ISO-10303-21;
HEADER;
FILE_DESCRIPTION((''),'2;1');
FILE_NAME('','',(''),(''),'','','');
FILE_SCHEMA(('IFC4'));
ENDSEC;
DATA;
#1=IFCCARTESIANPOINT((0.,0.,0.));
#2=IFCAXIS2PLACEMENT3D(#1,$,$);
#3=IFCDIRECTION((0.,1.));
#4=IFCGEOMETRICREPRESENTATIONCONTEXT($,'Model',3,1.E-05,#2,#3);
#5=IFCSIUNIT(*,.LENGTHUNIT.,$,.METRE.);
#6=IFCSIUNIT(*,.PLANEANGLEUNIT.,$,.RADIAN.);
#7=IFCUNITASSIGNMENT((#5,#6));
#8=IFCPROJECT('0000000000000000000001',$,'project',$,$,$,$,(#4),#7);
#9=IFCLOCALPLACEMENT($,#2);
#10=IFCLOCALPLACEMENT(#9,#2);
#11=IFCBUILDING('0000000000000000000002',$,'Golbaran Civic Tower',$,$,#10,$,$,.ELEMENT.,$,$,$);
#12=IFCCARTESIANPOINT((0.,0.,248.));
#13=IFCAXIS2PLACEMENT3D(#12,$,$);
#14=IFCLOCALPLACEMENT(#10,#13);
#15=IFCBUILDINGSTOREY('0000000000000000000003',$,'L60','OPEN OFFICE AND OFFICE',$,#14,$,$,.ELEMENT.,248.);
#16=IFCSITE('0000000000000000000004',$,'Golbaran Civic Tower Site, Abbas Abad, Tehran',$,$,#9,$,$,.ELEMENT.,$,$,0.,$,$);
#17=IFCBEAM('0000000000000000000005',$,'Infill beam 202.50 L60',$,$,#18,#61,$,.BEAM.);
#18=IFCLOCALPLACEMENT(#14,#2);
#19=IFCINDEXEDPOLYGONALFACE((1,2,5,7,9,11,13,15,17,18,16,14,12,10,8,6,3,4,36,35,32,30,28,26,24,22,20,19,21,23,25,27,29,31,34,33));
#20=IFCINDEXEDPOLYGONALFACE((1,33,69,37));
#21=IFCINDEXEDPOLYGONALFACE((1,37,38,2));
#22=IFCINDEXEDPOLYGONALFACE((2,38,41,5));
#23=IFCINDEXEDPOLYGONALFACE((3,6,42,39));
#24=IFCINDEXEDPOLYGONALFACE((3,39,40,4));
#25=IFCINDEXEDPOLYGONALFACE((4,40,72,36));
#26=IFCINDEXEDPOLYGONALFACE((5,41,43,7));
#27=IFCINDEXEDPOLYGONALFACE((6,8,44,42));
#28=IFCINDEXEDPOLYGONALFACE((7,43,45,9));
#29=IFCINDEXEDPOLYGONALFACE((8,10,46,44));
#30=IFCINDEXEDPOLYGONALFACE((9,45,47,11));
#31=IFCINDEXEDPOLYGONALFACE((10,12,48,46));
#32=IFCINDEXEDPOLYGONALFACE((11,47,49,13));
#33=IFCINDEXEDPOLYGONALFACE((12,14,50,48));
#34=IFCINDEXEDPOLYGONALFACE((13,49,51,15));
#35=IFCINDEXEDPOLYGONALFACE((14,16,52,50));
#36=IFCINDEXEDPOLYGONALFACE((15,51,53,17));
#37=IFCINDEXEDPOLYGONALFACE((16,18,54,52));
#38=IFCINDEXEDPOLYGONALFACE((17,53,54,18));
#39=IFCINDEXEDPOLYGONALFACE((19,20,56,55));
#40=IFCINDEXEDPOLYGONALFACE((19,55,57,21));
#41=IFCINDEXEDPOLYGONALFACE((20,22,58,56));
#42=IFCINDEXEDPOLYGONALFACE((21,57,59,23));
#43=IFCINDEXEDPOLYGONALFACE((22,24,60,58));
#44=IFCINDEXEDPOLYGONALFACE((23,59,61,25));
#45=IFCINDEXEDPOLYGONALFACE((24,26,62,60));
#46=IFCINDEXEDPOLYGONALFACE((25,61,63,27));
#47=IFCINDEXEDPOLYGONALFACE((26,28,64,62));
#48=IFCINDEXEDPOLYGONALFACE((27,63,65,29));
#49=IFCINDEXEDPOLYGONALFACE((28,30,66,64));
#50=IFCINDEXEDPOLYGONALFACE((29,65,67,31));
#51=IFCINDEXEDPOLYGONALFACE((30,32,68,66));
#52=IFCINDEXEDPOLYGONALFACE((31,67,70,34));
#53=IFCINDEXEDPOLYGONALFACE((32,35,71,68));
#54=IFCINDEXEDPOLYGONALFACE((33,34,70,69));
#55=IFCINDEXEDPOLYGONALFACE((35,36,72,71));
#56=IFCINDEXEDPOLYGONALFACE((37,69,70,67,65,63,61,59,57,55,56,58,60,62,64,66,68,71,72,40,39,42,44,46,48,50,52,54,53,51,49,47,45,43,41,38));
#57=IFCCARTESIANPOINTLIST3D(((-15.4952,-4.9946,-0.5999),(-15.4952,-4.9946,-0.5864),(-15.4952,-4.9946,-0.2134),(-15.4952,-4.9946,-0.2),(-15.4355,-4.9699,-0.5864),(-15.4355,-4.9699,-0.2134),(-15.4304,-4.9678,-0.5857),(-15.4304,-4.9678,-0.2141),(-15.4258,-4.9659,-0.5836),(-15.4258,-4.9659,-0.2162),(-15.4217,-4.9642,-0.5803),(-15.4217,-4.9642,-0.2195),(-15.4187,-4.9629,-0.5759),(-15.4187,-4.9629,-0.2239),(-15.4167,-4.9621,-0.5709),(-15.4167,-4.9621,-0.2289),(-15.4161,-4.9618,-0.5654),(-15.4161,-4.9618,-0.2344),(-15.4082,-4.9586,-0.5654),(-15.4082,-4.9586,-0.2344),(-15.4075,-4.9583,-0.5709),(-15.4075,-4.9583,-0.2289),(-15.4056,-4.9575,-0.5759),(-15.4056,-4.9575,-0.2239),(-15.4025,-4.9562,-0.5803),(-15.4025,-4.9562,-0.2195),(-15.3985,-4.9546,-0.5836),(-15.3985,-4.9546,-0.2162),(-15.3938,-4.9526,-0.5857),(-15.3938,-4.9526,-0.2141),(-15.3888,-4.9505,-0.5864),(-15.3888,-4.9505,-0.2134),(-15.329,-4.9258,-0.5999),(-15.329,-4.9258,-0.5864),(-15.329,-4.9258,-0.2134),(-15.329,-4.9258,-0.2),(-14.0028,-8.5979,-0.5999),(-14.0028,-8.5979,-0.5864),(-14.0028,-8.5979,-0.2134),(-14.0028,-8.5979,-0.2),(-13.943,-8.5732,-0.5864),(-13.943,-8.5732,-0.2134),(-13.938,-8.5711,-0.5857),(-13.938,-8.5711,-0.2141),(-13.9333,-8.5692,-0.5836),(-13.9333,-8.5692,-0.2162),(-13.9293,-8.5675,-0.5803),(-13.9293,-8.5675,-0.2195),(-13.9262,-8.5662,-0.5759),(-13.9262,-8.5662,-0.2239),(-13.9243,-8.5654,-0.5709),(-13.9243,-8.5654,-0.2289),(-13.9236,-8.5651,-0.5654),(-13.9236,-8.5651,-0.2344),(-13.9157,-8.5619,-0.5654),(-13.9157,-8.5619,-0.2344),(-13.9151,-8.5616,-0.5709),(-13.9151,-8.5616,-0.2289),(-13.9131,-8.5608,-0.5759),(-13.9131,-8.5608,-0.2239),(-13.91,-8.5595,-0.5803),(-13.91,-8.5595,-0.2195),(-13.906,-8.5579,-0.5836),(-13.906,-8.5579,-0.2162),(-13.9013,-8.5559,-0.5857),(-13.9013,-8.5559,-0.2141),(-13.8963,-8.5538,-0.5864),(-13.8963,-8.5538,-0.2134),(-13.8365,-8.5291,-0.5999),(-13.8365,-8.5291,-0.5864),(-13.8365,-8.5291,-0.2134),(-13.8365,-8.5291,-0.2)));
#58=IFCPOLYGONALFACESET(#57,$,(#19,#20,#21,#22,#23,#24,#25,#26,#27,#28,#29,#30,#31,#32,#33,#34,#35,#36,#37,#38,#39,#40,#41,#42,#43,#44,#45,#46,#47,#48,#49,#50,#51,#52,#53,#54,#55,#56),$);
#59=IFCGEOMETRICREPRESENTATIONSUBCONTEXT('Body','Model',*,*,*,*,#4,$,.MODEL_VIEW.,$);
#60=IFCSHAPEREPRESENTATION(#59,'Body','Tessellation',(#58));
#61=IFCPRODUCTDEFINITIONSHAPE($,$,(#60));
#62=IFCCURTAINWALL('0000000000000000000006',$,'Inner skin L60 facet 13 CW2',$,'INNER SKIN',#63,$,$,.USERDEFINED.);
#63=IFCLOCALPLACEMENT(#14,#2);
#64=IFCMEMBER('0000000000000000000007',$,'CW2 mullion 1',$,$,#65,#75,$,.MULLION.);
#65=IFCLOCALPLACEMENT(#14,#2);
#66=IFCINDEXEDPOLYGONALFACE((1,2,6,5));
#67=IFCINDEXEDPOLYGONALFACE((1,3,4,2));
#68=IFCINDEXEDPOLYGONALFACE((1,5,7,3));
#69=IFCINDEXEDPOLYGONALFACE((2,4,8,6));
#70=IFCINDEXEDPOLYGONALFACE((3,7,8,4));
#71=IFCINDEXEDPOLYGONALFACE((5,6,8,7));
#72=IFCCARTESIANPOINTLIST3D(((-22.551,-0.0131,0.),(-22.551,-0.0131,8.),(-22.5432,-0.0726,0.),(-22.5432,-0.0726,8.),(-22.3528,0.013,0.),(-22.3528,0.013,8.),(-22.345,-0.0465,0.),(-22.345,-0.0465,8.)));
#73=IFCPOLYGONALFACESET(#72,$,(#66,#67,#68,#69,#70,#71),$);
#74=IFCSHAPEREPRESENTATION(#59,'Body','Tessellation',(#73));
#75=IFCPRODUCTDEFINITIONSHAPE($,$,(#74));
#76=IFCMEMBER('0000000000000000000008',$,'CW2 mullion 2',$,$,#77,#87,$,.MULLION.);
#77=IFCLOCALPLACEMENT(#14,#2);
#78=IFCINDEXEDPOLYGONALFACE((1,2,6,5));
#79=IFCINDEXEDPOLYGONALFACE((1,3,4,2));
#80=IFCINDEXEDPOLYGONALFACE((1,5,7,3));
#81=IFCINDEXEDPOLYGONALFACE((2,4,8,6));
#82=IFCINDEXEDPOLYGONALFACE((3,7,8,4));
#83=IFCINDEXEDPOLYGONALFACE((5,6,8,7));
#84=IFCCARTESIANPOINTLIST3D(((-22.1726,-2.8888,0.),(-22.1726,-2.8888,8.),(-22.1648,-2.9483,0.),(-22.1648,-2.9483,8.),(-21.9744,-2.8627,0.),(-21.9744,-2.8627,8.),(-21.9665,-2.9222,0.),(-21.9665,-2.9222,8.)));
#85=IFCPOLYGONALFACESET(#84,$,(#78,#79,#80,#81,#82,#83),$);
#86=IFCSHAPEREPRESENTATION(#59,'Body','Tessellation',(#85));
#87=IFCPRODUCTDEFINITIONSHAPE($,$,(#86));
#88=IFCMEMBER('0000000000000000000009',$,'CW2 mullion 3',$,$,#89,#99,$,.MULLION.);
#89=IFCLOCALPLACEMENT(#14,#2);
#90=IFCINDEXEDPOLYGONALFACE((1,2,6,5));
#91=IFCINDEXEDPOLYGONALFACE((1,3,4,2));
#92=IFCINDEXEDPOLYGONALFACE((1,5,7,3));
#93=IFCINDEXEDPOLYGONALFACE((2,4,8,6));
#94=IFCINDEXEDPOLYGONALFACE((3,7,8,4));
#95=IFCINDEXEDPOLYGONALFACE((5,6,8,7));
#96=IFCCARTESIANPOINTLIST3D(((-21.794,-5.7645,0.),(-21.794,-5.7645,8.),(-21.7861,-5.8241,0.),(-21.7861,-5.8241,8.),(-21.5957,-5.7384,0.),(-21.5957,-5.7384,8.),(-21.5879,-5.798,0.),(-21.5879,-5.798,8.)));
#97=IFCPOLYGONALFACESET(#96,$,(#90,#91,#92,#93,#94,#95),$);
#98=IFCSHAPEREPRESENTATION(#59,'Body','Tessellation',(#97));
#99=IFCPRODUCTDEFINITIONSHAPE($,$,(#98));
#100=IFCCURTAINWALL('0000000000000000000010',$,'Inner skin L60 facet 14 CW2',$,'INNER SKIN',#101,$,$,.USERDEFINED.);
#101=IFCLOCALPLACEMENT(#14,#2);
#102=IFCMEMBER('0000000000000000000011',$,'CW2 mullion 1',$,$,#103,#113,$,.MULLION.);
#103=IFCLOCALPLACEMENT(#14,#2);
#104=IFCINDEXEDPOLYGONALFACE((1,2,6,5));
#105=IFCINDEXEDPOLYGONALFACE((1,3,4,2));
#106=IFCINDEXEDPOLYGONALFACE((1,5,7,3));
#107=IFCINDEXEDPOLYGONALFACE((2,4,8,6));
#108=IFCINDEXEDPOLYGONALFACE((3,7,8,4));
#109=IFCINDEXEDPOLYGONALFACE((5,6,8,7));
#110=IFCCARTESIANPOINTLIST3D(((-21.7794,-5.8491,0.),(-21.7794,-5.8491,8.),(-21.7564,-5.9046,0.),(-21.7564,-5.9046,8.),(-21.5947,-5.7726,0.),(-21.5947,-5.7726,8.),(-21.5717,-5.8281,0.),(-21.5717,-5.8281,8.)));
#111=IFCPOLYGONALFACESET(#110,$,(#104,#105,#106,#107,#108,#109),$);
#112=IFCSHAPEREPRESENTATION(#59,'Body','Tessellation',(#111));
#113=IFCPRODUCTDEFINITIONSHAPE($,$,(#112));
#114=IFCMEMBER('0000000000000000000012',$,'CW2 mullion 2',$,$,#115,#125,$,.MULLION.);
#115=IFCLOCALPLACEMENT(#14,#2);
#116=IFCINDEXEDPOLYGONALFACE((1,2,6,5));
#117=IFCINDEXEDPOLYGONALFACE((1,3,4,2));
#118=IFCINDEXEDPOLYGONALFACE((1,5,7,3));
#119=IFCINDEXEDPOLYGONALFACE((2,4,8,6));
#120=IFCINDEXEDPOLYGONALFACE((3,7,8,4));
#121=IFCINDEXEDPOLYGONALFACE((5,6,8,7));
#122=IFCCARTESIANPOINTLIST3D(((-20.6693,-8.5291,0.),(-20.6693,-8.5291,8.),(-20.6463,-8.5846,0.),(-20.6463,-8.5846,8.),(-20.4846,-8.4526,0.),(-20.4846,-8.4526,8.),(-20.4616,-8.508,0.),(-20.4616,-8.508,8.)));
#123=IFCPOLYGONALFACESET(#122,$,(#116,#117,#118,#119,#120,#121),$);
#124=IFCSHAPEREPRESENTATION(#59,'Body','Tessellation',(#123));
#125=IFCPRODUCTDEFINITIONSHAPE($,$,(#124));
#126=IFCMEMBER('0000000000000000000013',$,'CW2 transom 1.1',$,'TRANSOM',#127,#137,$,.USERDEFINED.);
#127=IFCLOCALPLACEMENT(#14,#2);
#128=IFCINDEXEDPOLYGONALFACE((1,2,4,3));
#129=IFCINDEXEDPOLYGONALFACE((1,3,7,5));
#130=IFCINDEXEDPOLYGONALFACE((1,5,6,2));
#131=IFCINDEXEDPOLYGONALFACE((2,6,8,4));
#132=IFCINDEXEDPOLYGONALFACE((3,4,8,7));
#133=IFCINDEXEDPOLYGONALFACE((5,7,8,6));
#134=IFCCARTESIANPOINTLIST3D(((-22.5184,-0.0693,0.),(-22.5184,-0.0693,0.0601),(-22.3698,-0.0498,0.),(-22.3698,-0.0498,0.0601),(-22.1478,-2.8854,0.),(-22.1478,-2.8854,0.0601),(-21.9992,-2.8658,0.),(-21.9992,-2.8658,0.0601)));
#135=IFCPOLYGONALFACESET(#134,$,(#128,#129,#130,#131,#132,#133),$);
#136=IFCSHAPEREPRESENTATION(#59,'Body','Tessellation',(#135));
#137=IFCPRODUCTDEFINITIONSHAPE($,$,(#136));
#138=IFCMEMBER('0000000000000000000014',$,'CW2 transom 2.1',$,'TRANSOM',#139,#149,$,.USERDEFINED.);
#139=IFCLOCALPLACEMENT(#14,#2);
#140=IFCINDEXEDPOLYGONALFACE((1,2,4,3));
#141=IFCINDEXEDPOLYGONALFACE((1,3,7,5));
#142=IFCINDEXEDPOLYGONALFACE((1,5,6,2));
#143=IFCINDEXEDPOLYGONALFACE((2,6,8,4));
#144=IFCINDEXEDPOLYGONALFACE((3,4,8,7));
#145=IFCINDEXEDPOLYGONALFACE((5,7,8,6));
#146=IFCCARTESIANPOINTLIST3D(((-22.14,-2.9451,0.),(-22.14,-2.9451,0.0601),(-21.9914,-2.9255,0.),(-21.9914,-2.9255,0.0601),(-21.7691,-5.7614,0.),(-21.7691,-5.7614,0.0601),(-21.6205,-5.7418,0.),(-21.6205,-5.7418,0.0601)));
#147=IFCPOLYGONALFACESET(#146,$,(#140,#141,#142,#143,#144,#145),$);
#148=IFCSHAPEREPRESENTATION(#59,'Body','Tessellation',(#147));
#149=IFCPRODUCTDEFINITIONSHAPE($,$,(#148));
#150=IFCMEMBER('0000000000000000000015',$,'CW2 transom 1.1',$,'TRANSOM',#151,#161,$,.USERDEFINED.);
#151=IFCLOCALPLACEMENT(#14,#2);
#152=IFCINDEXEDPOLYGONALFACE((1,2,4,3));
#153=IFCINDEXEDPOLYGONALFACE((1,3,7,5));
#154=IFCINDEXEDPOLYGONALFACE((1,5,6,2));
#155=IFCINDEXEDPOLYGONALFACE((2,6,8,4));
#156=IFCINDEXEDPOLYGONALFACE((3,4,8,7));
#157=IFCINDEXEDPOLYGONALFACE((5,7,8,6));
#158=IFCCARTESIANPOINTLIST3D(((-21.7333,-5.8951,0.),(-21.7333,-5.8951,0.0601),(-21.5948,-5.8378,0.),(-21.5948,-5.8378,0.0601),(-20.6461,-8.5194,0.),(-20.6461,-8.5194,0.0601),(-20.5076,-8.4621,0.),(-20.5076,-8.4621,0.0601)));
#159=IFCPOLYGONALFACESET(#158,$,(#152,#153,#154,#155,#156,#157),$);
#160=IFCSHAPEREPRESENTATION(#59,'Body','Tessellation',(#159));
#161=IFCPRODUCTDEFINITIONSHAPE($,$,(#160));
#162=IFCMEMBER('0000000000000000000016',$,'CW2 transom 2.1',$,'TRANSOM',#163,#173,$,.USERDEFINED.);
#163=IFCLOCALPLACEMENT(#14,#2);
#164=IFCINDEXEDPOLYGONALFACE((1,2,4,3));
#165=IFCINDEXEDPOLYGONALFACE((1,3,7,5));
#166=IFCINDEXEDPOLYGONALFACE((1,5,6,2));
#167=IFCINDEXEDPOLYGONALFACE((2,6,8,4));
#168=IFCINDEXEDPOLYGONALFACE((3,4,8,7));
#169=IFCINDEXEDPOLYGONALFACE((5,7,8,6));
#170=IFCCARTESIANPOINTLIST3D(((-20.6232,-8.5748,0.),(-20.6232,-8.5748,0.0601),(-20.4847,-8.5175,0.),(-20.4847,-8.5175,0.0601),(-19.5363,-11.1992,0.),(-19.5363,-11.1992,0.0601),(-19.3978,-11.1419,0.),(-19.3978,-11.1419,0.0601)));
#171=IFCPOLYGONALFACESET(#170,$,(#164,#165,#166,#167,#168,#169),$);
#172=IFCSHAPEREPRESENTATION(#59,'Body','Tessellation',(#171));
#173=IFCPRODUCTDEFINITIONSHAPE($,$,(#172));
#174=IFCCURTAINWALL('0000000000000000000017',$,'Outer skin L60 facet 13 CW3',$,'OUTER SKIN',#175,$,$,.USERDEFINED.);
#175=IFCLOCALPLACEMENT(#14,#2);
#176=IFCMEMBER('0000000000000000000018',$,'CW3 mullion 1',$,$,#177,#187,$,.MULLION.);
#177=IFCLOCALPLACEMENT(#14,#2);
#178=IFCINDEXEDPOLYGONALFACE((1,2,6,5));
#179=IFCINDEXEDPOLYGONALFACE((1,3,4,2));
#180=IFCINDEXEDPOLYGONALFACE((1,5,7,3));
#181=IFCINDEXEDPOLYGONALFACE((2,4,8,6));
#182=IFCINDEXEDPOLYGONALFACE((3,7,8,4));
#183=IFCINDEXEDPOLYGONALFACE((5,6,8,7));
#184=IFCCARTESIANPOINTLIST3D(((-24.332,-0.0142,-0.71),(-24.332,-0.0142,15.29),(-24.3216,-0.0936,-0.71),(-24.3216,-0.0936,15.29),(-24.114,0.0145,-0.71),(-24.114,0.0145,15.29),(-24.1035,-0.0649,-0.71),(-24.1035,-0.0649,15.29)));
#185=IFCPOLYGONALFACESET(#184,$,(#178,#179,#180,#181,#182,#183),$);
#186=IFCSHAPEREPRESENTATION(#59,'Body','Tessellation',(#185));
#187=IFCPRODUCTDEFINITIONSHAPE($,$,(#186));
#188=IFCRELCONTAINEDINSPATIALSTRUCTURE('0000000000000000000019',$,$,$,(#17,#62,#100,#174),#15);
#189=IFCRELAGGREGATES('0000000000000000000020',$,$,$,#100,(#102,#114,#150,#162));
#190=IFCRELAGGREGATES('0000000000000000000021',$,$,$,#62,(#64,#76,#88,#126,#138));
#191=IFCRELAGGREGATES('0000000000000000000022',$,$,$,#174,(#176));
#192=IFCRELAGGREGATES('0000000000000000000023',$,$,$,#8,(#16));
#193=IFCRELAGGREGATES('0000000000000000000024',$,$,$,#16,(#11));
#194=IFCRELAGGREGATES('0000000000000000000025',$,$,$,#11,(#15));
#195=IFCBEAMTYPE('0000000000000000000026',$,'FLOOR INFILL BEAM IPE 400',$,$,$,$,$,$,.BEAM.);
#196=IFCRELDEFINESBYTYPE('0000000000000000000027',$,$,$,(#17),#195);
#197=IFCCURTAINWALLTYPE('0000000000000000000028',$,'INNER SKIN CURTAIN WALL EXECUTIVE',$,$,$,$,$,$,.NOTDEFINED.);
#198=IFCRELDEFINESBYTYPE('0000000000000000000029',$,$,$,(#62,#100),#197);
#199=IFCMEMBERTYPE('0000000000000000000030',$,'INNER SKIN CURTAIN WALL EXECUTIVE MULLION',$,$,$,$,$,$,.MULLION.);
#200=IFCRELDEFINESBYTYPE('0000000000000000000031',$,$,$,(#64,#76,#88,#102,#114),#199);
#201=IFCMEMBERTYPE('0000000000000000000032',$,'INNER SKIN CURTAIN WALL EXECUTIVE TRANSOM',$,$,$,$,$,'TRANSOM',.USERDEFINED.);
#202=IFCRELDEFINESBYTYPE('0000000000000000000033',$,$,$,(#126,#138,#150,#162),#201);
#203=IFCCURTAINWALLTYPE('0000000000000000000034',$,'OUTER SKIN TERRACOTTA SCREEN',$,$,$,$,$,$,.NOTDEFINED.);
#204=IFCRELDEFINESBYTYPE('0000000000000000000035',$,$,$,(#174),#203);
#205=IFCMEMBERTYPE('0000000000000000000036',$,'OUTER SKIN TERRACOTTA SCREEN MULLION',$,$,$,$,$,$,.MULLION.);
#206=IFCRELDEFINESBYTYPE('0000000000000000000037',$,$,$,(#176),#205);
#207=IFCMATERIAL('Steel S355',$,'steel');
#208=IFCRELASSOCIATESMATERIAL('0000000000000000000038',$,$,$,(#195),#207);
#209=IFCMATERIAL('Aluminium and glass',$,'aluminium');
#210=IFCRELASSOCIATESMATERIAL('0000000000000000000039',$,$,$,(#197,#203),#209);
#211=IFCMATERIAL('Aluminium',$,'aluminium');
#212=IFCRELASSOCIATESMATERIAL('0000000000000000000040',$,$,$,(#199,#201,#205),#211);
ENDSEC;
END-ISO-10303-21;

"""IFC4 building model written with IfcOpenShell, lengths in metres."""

from ifc_helpers import new_model, si_unit, direction, frame, origin, origin_2d, place, context, subcontext, project, spatial, rectangle, i_section, extrude, material, material_profile, profile_set, type_object, element, aggregate, save


model = new_model("IFC4")

# Units and contexts
model_context = context("Model", 3, precision=1e-05, world=origin(), true_north=direction((0.0, 1.0)))
body_context = subcontext(model_context, "Body", "Model", "MODEL_VIEW")
ifc_project = project(units=[si_unit("LENGTHUNIT", "METRE"), si_unit("PLANEANGLEUNIT", "RADIAN")], contexts=[model_context])

# Site, building, storey
site_placement = place(None, origin())
site = spatial("IfcSite", under=ifc_project, at=site_placement, Name="Golbaran Civic Tower Site, Abbas Abad, Tehran", CompositionType="ELEMENT", RefElevation=0.0)
building_placement = place(site_placement, origin())
building = spatial("IfcBuilding", under=site, at=building_placement, Name="Golbaran Civic Tower", CompositionType="ELEMENT")
storey_placement = place(building_placement, frame((0.0, 0.0, 248.0)))
storey = spatial("IfcBuildingStorey", under=building, at=storey_placement, Name="L60", Description="OPEN OFFICE AND OFFICE", CompositionType="ELEMENT", Elevation=248.0)

# Shared definitions
ifc_material_1 = material(Name="Steel S355", Category="steel")

# Beam
ifc_material_profile_1 = material_profile(ifc_material_1, i_section(OverallWidth=0.1799, OverallDepth=0.3999, WebThickness=0.0085, FlangeThickness=0.0134, FilletRadius=0.021, at=origin_2d()), Name="IPE 400")
ifc_profile_set_1 = profile_set([ifc_material_profile_1], Name="Steel S355")
beam_type_1 = type_object("IfcBeamType", Name="FLOOR INFILL BEAM IPE 400", PredefinedType="BEAM", material=ifc_profile_set_1)
beam_1_placement = place(storey_placement, frame((-15.4121, -4.9602, -0.3999), z_axis=(0.382663, -0.923888, 0.0), x_axis=(0.923888, 0.382663, 0.0)))
element("IfcBeam", 1, at=beam_1_placement, inside=storey, type_object=beam_type_1, Name="Infill beam 202.50 L60", PredefinedType="BEAM", context=body_context, shape_type="SweptSolid", body=[
    extrude(i_section(OverallWidth=0.1799, OverallDepth=0.3999, WebThickness=0.0085, FlangeThickness=0.0134, FilletRadius=0.021, at=origin_2d()), origin(), (0.0, 0.0, 1.0), 3.9001),
])

# Curtain walls, members
ifc_material_2 = material(Name="Aluminium and glass", Category="aluminium")
curtain_wall_type_1 = type_object("IfcCurtainWallType", Name="INNER SKIN CURTAIN WALL EXECUTIVE", PredefinedType="NOTDEFINED", material=ifc_material_2)
curtain_wall_1_placement = place(storey_placement, origin())
curtain_wall_1 = element("IfcCurtainWall", 2, at=curtain_wall_1_placement, inside=storey, type_object=curtain_wall_type_1, Name="Inner skin L60 facet 13 CW2", ObjectType="INNER SKIN", PredefinedType="USERDEFINED")
ifc_material_3 = material(Name="Aluminium", Category="aluminium")
ifc_material_profile_2 = material_profile(ifc_material_3, rectangle(XDim=0.2, YDim=0.0601, at=origin_2d()), Name="INNER SKIN CURTAIN WALL EXECUTIVE MULLION")
ifc_profile_set_2 = profile_set([ifc_material_profile_2], Name="Aluminium")
member_type_1 = type_object("IfcMemberType", Name="INNER SKIN CURTAIN WALL EXECUTIVE MULLION", PredefinedType="MULLION", material=ifc_profile_set_2)
member_1_placement = place(storey_placement, frame((-22.448, -0.0298, 0.0), z_axis=(0.0, 0.0, 1.0), x_axis=(0.991445, 0.130526, 0.0)))
member_1 = element("IfcMember", 3, at=member_1_placement, type_object=member_type_1, Name="CW2 mullion 1", PredefinedType="MULLION", context=body_context, shape_type="SweptSolid", body=[
    extrude(rectangle(XDim=0.2, YDim=0.0601, at=origin_2d()), origin(), (0.0, 0.0, 1.0), 8.0),
])
member_2_placement = place(storey_placement, frame((-22.0696, -2.9055, 0.0), z_axis=(0.0, 0.0, 1.0), x_axis=(0.991445, 0.130526, 0.0)))
member_2 = element("IfcMember", 4, at=member_2_placement, type_object=member_type_1, Name="CW2 mullion 2", PredefinedType="MULLION", context=body_context, shape_type="SweptSolid", body=[
    extrude(rectangle(XDim=0.2, YDim=0.0601, at=origin_2d()), origin(), (0.0, 0.0, 1.0), 8.0),
])
member_3_placement = place(storey_placement, frame((-21.6909, -5.7812, 0.0), z_axis=(0.0, 0.0, 1.0), x_axis=(0.991445, 0.130526, 0.0)))
member_3 = element("IfcMember", 5, at=member_3_placement, type_object=member_type_1, Name="CW2 mullion 3", PredefinedType="MULLION", context=body_context, shape_type="SweptSolid", body=[
    extrude(rectangle(XDim=0.2, YDim=0.0601, at=origin_2d()), origin(), (0.0, 0.0, 1.0), 8.0),
])
curtain_wall_2_placement = place(storey_placement, origin())
curtain_wall_2 = element("IfcCurtainWall", 6, at=curtain_wall_2_placement, inside=storey, type_object=curtain_wall_type_1, Name="Inner skin L60 facet 14 CW2", ObjectType="INNER SKIN", PredefinedType="USERDEFINED")
member_4_placement = place(storey_placement, frame((-21.6755, -5.8386, 0.0), z_axis=(0.0, 0.0, 1.0), x_axis=(0.92388, 0.382683, 0.0)))
member_4 = element("IfcMember", 7, at=member_4_placement, type_object=member_type_1, Name="CW2 mullion 1", PredefinedType="MULLION", context=body_context, shape_type="SweptSolid", body=[
    extrude(rectangle(XDim=0.2, YDim=0.0601, at=origin_2d()), origin(), (0.0, 0.0, 1.0), 8.0),
])
member_5_placement = place(storey_placement, frame((-20.5654, -8.5186, 0.0), z_axis=(0.0, 0.0, 1.0), x_axis=(0.92388, 0.382683, 0.0)))
member_5 = element("IfcMember", 8, at=member_5_placement, type_object=member_type_1, Name="CW2 mullion 2", PredefinedType="MULLION", context=body_context, shape_type="SweptSolid", body=[
    extrude(rectangle(XDim=0.2, YDim=0.0601, at=origin_2d()), origin(), (0.0, 0.0, 1.0), 8.0),
])

# Members
ifc_material_profile_3 = material_profile(ifc_material_3, rectangle(XDim=0.1499, YDim=0.0601, at=origin_2d()), Name="INNER SKIN CURTAIN WALL EXECUTIVE TRANSOM")
ifc_profile_set_3 = profile_set([ifc_material_profile_3], Name="Aluminium")
member_type_2 = type_object("IfcMemberType", Name="INNER SKIN CURTAIN WALL EXECUTIVE TRANSOM", ElementType="TRANSOM", PredefinedType="USERDEFINED", material=ifc_profile_set_3)
member_6_placement = place(storey_placement, frame((-22.4441, -0.0596, 0.03), z_axis=(0.130475, -0.991452, 0.0), x_axis=(0.991452, 0.130475, 0.0)))
member_6 = element("IfcMember", 9, at=member_6_placement, type_object=member_type_2, Name="CW2 transom 1.1", ObjectType="TRANSOM", PredefinedType="USERDEFINED", context=body_context, shape_type="SweptSolid", body=[
    extrude(rectangle(XDim=0.1499, YDim=0.0601, at=origin_2d()), origin(), (0.0, 0.0, 1.0), 2.8403),
])
member_7_placement = place(storey_placement, frame((-22.0657, -2.9353, 0.03), z_axis=(0.130559, -0.991441, 0.0), x_axis=(0.991441, 0.130559, 0.0)))
member_7 = element("IfcMember", 10, at=member_7_placement, type_object=member_type_2, Name="CW2 transom 2.1", ObjectType="TRANSOM", PredefinedType="USERDEFINED", context=body_context, shape_type="SweptSolid", body=[
    extrude(rectangle(XDim=0.1499, YDim=0.0601, at=origin_2d()), origin(), (0.0, 0.0, 1.0), 2.8406),
])
member_8_placement = place(storey_placement, frame((-21.6641, -5.8665, 0.03), z_axis=(0.382729, -0.923861, 0.0), x_axis=(0.923861, 0.382729, 0.0)))
member_8 = element("IfcMember", 11, at=member_8_placement, type_object=member_type_2, Name="CW2 transom 1.1", ObjectType="TRANSOM", PredefinedType="USERDEFINED", context=body_context, shape_type="SweptSolid", body=[
    extrude(rectangle(XDim=0.1499, YDim=0.0601, at=origin_2d()), origin(), (0.0, 0.0, 1.0), 2.8406),
])
member_9_placement = place(storey_placement, frame((-20.554, -8.5461, 0.03), z_axis=(0.382625, -0.923904, 0.0), x_axis=(0.923904, 0.382625, 0.0)))
member_9 = element("IfcMember", 12, at=member_9_placement, type_object=member_type_2, Name="CW2 transom 2.1", ObjectType="TRANSOM", PredefinedType="USERDEFINED", context=body_context, shape_type="SweptSolid", body=[
    extrude(rectangle(XDim=0.1499, YDim=0.0601, at=origin_2d()), origin(), (0.0, 0.0, 1.0), 2.8406),
])

# Curtain wall, member
curtain_wall_type_2 = type_object("IfcCurtainWallType", Name="OUTER SKIN TERRACOTTA SCREEN", PredefinedType="NOTDEFINED", material=ifc_material_2)
curtain_wall_3_placement = place(storey_placement, origin())
curtain_wall_3 = element("IfcCurtainWall", 13, at=curtain_wall_3_placement, inside=storey, type_object=curtain_wall_type_2, Name="Outer skin L60 facet 13 CW3", ObjectType="OUTER SKIN", PredefinedType="USERDEFINED")
ifc_material_profile_4 = material_profile(ifc_material_3, rectangle(XDim=0.22, YDim=0.0801, at=origin_2d()), Name="OUTER SKIN TERRACOTTA SCREEN MULLION")
ifc_profile_set_4 = profile_set([ifc_material_profile_4], Name="Aluminium")
member_type_3 = type_object("IfcMemberType", Name="OUTER SKIN TERRACOTTA SCREEN MULLION", PredefinedType="MULLION", material=ifc_profile_set_4)
member_10_placement = place(storey_placement, frame((-24.2178, -0.0396, -0.71), z_axis=(0.0, 0.0, 1.0), x_axis=(0.991445, 0.130526, 0.0)))
member_10 = element("IfcMember", 14, at=member_10_placement, type_object=member_type_3, Name="CW3 mullion 1", PredefinedType="MULLION", context=body_context, shape_type="SweptSolid", body=[
    extrude(rectangle(XDim=0.22, YDim=0.0801, at=origin_2d()), origin(), (0.0, 0.0, 1.0), 16.0),
])

aggregate(curtain_wall_2, [member_4, member_5, member_8, member_9])
aggregate(curtain_wall_1, [member_1, member_2, member_3, member_6, member_7])
aggregate(curtain_wall_3, [member_10])

save(model, "model.ifc")
